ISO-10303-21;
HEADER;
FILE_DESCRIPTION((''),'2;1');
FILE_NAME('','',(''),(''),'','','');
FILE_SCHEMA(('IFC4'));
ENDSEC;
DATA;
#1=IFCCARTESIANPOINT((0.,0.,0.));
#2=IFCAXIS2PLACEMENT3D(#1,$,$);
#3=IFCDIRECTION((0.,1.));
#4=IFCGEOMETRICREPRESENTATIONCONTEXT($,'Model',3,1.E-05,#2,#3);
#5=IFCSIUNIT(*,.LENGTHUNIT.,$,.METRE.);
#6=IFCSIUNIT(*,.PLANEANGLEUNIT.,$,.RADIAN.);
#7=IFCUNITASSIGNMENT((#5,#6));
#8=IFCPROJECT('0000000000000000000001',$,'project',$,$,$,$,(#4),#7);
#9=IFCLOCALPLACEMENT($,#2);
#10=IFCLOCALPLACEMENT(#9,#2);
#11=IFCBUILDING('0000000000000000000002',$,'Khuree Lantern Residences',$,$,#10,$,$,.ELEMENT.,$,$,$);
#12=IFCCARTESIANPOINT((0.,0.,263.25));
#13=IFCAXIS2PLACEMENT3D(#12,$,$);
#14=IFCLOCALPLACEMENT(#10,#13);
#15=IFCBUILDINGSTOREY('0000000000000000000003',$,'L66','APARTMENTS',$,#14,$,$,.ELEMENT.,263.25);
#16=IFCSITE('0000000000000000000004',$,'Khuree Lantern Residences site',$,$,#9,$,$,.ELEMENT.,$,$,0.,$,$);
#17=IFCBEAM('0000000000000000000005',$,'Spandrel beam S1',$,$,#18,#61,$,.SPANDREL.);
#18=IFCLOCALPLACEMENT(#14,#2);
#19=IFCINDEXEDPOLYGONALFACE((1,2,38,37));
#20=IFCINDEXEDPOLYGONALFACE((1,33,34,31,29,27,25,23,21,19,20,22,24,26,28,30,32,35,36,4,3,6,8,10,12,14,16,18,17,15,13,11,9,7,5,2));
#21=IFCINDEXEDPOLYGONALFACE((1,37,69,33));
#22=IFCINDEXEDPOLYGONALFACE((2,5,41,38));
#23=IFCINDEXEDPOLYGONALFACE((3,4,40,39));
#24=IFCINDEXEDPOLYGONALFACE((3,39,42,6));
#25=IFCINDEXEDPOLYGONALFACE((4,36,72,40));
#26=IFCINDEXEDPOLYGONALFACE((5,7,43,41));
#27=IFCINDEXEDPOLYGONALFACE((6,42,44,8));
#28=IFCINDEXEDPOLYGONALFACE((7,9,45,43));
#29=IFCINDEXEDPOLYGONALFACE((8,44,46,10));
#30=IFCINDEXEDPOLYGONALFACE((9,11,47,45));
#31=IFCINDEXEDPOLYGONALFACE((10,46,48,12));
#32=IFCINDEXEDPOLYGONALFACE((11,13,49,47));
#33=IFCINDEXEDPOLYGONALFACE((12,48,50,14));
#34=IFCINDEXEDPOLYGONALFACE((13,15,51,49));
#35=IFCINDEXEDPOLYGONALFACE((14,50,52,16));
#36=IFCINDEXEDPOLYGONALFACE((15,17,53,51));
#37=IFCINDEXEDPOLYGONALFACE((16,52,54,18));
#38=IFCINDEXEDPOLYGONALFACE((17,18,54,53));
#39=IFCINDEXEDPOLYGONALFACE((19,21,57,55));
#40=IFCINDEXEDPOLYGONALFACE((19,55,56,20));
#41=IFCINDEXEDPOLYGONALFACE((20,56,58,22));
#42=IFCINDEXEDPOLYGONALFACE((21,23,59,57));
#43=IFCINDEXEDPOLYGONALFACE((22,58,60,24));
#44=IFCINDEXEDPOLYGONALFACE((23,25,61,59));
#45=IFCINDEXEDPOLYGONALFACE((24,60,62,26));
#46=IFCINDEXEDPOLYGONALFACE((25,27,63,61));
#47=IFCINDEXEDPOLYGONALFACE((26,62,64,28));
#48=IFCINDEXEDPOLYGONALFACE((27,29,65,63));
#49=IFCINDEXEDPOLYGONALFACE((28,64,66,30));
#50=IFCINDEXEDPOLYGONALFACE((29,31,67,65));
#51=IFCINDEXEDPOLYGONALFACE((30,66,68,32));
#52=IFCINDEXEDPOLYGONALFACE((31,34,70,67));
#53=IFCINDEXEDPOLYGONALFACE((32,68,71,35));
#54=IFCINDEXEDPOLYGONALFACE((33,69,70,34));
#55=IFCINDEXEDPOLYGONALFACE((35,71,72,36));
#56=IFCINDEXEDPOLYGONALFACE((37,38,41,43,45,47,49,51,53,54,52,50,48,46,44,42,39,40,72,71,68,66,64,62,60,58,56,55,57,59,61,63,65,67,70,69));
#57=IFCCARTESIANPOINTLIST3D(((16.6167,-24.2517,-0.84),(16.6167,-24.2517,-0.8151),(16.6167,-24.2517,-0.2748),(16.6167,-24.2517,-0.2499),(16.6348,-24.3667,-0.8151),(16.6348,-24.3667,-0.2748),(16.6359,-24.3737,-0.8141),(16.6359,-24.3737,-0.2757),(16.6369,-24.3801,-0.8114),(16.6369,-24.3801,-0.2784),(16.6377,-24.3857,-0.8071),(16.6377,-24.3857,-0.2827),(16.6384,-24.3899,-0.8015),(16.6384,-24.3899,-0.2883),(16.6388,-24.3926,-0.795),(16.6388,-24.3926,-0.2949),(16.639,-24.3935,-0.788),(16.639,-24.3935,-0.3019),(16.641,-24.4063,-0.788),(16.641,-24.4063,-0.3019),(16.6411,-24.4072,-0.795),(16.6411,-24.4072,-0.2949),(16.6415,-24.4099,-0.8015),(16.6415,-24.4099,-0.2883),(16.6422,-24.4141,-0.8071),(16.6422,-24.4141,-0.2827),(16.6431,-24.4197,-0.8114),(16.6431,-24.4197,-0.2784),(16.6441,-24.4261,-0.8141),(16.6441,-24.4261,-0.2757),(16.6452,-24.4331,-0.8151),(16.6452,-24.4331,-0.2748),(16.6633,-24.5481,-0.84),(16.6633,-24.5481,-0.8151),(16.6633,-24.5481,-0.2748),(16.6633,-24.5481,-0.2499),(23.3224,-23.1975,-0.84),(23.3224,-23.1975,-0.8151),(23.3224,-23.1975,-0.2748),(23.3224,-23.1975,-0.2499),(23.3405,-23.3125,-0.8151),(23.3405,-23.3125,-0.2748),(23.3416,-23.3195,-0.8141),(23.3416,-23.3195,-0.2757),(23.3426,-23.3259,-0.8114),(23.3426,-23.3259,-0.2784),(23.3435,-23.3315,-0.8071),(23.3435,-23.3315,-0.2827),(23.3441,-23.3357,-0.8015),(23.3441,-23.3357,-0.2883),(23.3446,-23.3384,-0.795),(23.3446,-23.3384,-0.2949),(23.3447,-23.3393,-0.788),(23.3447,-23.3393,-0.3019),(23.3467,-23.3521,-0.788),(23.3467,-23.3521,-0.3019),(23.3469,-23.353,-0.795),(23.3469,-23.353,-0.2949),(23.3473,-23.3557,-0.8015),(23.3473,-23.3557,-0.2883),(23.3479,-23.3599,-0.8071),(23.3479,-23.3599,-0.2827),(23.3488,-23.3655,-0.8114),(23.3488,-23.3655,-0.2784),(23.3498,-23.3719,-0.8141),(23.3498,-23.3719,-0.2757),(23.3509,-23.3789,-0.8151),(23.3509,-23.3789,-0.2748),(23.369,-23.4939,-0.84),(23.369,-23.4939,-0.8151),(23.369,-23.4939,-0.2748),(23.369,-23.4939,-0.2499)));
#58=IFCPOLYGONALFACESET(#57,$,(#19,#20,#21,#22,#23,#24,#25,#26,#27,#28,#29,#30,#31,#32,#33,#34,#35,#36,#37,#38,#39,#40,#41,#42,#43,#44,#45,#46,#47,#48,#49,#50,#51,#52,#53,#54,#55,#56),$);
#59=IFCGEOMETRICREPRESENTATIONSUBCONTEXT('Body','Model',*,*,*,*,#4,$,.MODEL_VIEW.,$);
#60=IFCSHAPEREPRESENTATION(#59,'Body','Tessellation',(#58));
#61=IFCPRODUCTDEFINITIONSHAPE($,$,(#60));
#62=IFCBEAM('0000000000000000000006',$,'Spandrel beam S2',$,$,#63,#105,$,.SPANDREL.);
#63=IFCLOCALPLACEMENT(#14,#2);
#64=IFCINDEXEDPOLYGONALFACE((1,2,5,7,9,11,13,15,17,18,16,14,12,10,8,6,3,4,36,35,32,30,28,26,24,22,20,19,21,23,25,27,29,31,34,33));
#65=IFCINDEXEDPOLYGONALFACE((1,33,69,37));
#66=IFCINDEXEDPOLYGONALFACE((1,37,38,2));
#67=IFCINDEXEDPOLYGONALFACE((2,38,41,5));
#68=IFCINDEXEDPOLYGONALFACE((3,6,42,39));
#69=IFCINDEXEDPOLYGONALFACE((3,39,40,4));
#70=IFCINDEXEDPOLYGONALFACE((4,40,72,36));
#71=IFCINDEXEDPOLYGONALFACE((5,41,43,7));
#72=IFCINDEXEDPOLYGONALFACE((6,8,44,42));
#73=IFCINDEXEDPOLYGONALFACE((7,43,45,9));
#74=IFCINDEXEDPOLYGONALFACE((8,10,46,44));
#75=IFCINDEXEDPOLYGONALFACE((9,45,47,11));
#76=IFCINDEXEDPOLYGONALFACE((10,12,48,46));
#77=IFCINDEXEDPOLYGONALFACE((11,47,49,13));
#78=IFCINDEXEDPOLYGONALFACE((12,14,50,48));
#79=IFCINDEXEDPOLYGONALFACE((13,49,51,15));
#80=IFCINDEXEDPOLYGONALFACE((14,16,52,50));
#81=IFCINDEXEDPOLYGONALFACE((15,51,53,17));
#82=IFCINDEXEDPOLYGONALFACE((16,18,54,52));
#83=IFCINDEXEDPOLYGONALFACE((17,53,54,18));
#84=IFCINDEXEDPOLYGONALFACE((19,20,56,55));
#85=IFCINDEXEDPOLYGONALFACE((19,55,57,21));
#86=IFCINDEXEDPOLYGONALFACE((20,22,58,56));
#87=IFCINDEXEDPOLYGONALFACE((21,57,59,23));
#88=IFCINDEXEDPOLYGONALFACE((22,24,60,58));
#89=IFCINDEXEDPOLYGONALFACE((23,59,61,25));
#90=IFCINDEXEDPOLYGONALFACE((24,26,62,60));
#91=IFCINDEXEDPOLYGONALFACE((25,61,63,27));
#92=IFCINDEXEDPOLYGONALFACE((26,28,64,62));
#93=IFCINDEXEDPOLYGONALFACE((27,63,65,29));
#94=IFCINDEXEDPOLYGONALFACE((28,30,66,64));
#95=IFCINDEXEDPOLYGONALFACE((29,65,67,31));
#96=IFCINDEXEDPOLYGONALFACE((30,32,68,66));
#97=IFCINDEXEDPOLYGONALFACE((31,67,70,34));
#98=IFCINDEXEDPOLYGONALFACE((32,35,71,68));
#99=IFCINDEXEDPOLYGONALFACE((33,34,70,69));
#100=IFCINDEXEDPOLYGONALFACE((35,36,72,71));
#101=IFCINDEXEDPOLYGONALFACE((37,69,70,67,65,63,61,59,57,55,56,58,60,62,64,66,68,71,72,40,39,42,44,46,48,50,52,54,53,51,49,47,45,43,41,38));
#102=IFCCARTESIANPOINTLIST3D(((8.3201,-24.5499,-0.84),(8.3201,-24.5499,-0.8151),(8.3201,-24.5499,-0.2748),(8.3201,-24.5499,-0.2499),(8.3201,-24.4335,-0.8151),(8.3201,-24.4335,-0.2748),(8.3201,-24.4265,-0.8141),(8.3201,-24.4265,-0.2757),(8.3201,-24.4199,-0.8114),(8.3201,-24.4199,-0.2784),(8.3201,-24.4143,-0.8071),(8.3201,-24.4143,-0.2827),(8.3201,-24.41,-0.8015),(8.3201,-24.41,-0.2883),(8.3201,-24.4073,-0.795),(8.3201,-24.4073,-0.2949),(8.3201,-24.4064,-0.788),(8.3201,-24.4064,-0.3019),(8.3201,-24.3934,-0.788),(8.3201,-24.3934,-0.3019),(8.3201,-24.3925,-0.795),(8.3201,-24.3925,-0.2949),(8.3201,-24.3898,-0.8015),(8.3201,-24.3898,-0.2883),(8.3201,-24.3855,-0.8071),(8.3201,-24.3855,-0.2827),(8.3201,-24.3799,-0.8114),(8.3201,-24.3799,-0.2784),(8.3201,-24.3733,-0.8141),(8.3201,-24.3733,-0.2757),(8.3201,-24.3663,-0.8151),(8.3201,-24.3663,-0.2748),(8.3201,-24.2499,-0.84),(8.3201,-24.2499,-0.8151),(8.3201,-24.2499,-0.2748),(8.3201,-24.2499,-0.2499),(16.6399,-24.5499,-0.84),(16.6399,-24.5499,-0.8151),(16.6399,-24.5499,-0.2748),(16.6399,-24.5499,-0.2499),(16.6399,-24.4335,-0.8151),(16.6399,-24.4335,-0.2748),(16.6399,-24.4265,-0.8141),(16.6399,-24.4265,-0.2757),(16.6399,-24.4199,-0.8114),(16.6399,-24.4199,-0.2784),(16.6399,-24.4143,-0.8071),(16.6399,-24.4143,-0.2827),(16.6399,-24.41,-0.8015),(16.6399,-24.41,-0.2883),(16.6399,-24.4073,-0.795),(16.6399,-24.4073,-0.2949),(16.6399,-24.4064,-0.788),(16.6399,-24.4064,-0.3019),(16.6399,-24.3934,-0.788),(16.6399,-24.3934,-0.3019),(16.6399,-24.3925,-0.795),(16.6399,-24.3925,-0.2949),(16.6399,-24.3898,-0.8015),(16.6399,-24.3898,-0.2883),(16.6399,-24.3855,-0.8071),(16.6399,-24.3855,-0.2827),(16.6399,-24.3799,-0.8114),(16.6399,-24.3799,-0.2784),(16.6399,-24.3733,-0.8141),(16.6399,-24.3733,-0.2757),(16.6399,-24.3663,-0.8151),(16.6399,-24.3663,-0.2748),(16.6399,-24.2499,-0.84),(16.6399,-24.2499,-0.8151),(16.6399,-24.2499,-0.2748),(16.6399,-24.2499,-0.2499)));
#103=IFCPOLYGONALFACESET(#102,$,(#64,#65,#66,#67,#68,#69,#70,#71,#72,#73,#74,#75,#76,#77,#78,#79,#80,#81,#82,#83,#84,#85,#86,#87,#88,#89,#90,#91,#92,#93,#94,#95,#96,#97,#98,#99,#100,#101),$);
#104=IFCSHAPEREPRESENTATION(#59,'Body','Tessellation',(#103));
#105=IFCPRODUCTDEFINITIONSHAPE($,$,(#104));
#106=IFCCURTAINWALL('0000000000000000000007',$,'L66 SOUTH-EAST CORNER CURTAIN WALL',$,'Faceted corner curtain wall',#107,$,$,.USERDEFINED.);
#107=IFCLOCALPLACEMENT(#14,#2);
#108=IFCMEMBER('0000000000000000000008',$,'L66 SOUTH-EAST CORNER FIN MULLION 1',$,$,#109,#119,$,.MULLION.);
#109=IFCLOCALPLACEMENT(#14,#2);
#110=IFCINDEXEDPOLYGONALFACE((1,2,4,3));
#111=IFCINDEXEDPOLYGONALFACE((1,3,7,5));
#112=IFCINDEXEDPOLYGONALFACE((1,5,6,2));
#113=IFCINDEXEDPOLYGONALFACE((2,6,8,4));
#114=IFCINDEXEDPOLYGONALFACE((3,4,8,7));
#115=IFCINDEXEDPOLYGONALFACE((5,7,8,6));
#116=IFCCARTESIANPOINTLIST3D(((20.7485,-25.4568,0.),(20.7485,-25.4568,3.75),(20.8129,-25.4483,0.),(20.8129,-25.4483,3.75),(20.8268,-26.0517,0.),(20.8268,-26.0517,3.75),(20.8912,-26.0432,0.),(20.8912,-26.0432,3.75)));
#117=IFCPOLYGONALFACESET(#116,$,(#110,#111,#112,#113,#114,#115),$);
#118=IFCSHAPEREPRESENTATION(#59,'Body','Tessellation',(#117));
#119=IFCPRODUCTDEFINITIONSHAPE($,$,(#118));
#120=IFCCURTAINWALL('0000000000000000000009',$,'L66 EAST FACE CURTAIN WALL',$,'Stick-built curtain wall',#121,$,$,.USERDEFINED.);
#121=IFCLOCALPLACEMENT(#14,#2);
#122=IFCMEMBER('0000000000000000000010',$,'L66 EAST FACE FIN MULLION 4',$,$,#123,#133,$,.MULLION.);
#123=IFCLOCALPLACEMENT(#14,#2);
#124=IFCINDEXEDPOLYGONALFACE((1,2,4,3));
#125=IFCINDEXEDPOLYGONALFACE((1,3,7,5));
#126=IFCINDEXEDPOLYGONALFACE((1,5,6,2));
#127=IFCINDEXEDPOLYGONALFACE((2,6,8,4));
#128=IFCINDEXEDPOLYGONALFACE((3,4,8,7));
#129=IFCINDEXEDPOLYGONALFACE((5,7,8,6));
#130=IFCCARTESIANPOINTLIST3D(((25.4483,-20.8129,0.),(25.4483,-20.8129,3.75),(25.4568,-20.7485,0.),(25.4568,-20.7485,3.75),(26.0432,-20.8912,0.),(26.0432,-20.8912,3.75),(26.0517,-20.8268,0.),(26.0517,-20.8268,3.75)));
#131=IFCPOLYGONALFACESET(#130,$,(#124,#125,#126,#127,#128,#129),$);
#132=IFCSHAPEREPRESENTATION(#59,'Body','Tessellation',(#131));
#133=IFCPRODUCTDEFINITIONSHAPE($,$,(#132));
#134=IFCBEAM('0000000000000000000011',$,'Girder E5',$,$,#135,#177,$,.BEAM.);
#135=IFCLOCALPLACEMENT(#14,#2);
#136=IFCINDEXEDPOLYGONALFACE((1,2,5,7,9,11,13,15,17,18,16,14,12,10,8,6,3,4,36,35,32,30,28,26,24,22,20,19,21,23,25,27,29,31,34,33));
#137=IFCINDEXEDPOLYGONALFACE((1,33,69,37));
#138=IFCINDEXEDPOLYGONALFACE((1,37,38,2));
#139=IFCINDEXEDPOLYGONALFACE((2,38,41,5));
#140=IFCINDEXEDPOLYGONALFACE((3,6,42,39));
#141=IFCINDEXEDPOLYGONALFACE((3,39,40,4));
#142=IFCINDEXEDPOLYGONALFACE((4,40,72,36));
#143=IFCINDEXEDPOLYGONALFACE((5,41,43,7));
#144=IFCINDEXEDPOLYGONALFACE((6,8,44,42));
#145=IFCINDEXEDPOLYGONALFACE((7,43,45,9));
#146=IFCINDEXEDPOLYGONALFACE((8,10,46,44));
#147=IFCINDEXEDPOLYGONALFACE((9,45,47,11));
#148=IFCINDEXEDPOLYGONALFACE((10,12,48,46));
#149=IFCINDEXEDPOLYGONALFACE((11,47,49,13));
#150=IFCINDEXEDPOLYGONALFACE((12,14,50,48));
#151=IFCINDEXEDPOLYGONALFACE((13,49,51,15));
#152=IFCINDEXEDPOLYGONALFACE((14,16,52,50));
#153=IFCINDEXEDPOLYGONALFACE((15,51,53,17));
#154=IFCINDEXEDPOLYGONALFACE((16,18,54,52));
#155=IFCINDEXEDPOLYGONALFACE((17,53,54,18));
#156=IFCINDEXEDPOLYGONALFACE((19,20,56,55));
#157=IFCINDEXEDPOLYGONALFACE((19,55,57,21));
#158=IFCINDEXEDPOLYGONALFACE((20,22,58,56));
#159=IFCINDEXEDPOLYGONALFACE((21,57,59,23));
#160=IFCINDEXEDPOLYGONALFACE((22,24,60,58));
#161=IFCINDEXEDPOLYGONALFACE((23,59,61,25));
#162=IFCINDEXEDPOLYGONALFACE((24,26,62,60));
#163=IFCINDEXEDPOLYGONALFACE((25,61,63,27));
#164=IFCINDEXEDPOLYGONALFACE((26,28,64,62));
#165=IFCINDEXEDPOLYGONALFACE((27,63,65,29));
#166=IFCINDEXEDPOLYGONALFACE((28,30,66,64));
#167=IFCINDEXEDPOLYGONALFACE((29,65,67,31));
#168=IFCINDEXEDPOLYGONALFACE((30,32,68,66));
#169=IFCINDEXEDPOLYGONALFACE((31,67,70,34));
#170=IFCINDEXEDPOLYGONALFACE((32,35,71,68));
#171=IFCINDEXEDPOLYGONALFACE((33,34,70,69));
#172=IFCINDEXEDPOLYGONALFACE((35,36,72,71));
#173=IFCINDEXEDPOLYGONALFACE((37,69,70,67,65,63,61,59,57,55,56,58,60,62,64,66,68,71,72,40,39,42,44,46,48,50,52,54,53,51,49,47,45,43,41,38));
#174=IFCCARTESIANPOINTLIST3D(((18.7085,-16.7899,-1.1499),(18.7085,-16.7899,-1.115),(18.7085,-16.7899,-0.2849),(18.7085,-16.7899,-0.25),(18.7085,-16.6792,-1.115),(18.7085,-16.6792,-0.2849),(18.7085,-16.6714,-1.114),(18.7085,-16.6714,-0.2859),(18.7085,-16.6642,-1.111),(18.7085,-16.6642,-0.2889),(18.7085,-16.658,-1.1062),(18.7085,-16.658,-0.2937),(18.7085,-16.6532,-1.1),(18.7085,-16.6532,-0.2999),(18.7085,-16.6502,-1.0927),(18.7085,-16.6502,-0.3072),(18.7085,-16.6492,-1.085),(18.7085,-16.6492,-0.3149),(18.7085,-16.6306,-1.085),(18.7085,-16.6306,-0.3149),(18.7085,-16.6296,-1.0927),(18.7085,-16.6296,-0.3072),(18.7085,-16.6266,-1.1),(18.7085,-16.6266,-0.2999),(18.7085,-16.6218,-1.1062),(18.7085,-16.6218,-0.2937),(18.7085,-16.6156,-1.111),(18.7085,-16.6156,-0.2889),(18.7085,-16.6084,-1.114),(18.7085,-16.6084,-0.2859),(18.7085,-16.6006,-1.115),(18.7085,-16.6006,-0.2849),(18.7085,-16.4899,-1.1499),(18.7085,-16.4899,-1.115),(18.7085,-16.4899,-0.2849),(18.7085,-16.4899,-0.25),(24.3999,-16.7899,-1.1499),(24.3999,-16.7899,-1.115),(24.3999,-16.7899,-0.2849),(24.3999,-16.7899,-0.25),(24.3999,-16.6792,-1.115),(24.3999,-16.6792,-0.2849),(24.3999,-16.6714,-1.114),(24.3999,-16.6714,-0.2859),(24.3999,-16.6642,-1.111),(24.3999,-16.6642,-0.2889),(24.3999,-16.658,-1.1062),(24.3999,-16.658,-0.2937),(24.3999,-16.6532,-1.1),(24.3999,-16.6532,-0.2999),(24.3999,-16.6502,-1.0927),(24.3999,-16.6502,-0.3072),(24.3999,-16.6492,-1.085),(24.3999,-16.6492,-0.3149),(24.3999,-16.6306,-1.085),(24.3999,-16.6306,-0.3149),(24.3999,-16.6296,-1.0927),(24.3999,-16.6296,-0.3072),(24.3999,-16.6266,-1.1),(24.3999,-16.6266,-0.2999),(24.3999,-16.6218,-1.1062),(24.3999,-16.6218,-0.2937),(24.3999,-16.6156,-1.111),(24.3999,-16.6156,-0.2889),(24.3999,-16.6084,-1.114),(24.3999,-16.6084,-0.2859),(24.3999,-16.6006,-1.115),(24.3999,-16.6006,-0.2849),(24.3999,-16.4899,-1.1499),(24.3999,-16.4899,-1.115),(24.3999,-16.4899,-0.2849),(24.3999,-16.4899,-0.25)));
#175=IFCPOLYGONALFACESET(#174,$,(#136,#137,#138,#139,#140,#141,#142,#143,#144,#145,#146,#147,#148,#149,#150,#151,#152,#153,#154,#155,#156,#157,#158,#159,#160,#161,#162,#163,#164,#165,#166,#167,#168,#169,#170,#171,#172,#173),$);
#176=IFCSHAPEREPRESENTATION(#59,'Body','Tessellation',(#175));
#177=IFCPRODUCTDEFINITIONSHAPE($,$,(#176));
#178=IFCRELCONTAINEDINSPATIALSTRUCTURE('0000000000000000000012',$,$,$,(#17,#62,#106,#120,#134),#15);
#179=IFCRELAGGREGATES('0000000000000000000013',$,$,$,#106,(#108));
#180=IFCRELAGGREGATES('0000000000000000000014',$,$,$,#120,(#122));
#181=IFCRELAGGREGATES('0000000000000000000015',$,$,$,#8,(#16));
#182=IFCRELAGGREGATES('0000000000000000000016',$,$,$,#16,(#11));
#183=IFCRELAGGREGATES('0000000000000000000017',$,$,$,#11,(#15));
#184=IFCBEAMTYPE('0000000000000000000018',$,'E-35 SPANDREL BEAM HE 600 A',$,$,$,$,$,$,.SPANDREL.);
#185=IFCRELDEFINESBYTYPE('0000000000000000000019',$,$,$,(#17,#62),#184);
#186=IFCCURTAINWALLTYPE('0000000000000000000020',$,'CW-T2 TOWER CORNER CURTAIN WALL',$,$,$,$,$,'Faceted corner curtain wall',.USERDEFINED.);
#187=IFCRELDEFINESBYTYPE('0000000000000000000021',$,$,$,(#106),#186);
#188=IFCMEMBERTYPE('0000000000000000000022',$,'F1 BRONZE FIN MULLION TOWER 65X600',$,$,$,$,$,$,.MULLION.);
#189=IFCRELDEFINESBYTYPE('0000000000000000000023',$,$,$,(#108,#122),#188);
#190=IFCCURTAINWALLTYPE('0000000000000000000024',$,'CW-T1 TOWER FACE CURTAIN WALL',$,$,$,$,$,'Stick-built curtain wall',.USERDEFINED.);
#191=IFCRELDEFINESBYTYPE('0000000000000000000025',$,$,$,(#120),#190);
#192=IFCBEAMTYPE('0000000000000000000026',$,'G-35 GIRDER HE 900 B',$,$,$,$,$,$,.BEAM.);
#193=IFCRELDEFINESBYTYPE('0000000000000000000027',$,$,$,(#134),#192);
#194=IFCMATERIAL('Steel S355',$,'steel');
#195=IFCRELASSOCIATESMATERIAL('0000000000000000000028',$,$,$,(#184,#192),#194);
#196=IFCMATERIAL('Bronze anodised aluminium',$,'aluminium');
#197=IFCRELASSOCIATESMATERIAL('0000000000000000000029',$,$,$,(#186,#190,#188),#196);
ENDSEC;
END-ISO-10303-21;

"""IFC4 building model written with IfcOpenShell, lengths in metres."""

from ifc_helpers import new_model, si_unit, direction, frame, origin, origin_2d, place, context, subcontext, project, spatial, rectangle, i_section, extrude, material, material_profile, profile_set, type_object, element, aggregate, save


model = new_model("IFC4")

# Units and contexts
model_context = context("Model", 3, precision=1e-05, world=origin(), true_north=direction((0.0, 1.0)))
body_context = subcontext(model_context, "Body", "Model", "MODEL_VIEW")
ifc_project = project(units=[si_unit("LENGTHUNIT", "METRE"), si_unit("PLANEANGLEUNIT", "RADIAN")], contexts=[model_context])

# Site, building, storey
site_placement = place(None, origin())
site = spatial("IfcSite", under=ifc_project, at=site_placement, Name="Khuree Lantern Residences site", CompositionType="ELEMENT", RefElevation=0.0)
building_placement = place(site_placement, origin())
building = spatial("IfcBuilding", under=site, at=building_placement, Name="Khuree Lantern Residences", CompositionType="ELEMENT")
storey_placement = place(building_placement, frame((0.0, 0.0, 263.25)))
storey = spatial("IfcBuildingStorey", under=building, at=storey_placement, Name="L66", Description="APARTMENTS", CompositionType="ELEMENT", Elevation=263.25)

# Beams
ifc_material_1 = material(Name="Steel S355", Category="steel")
ifc_material_profile_1 = material_profile(ifc_material_1, i_section(OverallWidth=0.3, OverallDepth=0.5901, WebThickness=0.0129, FlangeThickness=0.0249, FilletRadius=0.0271, at=origin_2d()), Name="HE 600 A")
ifc_profile_set_1 = profile_set([ifc_material_profile_1], Name="Steel S355")
beam_type_1 = type_object("IfcBeamType", Name="E-35 SPANDREL BEAM HE 600 A", PredefinedType="SPANDREL", material=ifc_profile_set_1)
for number, where, z_axis, x_axis, name in (
    (1, (23.3457, -23.3457, -0.5449), (-0.987867, -0.1553, 0.0), (0.1553, -0.987867, 0.0), "Spandrel beam S1"),
):
    element("IfcBeam", number, at=place(storey_placement, frame(where, z_axis=z_axis, x_axis=x_axis)), inside=storey, type_object=beam_type_1, Name=name, PredefinedType="SPANDREL", context=body_context, shape_type="SweptSolid", body=[
        extrude(i_section(OverallWidth=0.3, OverallDepth=0.5901, WebThickness=0.0129, FlangeThickness=0.0249, FilletRadius=0.0271, at=origin_2d()), origin(), (0.0, 0.0, 1.0), 6.7881),
    ])
beam_1_placement = place(storey_placement, frame((16.6399, -24.3999, -0.5449), z_axis=(-1.0, 0.0, 0.0), x_axis=(0.0, -1.0, 0.0)))
element("IfcBeam", 2, at=beam_1_placement, inside=storey, type_object=beam_type_1, Name="Spandrel beam S2", PredefinedType="SPANDREL", context=body_context, shape_type="SweptSolid", body=[
    extrude(i_section(OverallWidth=0.3, OverallDepth=0.5901, WebThickness=0.0129, FlangeThickness=0.0249, FilletRadius=0.0271, at=origin_2d()), origin(), (0.0, 0.0, 1.0), 8.3198),
])

# Curtain walls, members
ifc_material_2 = material(Name="Bronze anodised aluminium", Category="aluminium")
curtain_wall_type_1 = type_object("IfcCurtainWallType", Name="CW-T2 TOWER CORNER CURTAIN WALL", ElementType="Faceted corner curtain wall", PredefinedType="USERDEFINED", material=ifc_material_2)
curtain_wall_1_placement = place(storey_placement, origin())
curtain_wall_1 = element("IfcCurtainWall", 3, at=curtain_wall_1_placement, inside=storey, type_object=curtain_wall_type_1, Name="L66 SOUTH-EAST CORNER CURTAIN WALL", ObjectType="Faceted corner curtain wall", PredefinedType="USERDEFINED")
ifc_material_profile_2 = material_profile(ifc_material_2, rectangle(XDim=0.0649, YDim=0.6001, at=origin_2d()), Name="F1 65X600")
ifc_profile_set_2 = profile_set([ifc_material_profile_2], Name="Bronze anodised aluminium")
member_type_1 = type_object("IfcMemberType", Name="F1 BRONZE FIN MULLION TOWER 65X600", PredefinedType="MULLION", material=ifc_profile_set_2)
member_1_placement = place(storey_placement, frame((20.8198, -25.75, 0.0), z_axis=(0.0, 0.0, 1.0), x_axis=(0.991445, 0.130526, 0.0)))
member_1 = element("IfcMember", 4, at=member_1_placement, type_object=member_type_1, Name="L66 SOUTH-EAST CORNER FIN MULLION 1", PredefinedType="MULLION", context=body_context, shape_type="SweptSolid", body=[
    extrude(rectangle(XDim=0.0649, YDim=0.6001, at=origin_2d()), origin(), (0.0, 0.0, 1.0), 3.75),
])
curtain_wall_type_2 = type_object("IfcCurtainWallType", Name="CW-T1 TOWER FACE CURTAIN WALL", ElementType="Stick-built curtain wall", PredefinedType="USERDEFINED", material=ifc_material_2)
curtain_wall_2_placement = place(storey_placement, origin())
curtain_wall_2 = element("IfcCurtainWall", 5, at=curtain_wall_2_placement, inside=storey, type_object=curtain_wall_type_2, Name="L66 EAST FACE CURTAIN WALL", ObjectType="Stick-built curtain wall", PredefinedType="USERDEFINED")
member_2_placement = place(storey_placement, frame((25.75, -20.8198, 0.0), z_axis=(0.0, 0.0, 1.0), x_axis=(0.130526, 0.991445, 0.0)))
member_2 = element("IfcMember", 6, at=member_2_placement, type_object=member_type_1, Name="L66 EAST FACE FIN MULLION 4", PredefinedType="MULLION", context=body_context, shape_type="SweptSolid", body=[
    extrude(rectangle(XDim=0.0649, YDim=0.6001, at=origin_2d()), origin(), (0.0, 0.0, 1.0), 3.75),
])

# Beam
ifc_material_profile_3 = material_profile(ifc_material_1, i_section(OverallWidth=0.3, OverallDepth=0.8999, WebThickness=0.0186, FlangeThickness=0.0349, FilletRadius=0.03, at=origin_2d()), Name="HE 900 B")
ifc_profile_set_3 = profile_set([ifc_material_profile_3], Name="Steel S355")
beam_type_2 = type_object("IfcBeamType", Name="G-35 GIRDER HE 900 B", PredefinedType="BEAM", material=ifc_profile_set_3)
beam_2_placement = place(storey_placement, frame((24.3999, -16.6399, -0.7), z_axis=(-1.0, 0.0, 0.0), x_axis=(0.0, -1.0, 0.0)))
element("IfcBeam", 7, at=beam_2_placement, inside=storey, type_object=beam_type_2, Name="Girder E5", PredefinedType="BEAM", context=body_context, shape_type="SweptSolid", body=[
    extrude(i_section(OverallWidth=0.3, OverallDepth=0.8999, WebThickness=0.0186, FlangeThickness=0.0349, FilletRadius=0.03, at=origin_2d()), origin(), (0.0, 0.0, 1.0), 5.6914),
])

aggregate(curtain_wall_1, [member_1])
aggregate(curtain_wall_2, [member_2])

save(model, "model.ifc")
